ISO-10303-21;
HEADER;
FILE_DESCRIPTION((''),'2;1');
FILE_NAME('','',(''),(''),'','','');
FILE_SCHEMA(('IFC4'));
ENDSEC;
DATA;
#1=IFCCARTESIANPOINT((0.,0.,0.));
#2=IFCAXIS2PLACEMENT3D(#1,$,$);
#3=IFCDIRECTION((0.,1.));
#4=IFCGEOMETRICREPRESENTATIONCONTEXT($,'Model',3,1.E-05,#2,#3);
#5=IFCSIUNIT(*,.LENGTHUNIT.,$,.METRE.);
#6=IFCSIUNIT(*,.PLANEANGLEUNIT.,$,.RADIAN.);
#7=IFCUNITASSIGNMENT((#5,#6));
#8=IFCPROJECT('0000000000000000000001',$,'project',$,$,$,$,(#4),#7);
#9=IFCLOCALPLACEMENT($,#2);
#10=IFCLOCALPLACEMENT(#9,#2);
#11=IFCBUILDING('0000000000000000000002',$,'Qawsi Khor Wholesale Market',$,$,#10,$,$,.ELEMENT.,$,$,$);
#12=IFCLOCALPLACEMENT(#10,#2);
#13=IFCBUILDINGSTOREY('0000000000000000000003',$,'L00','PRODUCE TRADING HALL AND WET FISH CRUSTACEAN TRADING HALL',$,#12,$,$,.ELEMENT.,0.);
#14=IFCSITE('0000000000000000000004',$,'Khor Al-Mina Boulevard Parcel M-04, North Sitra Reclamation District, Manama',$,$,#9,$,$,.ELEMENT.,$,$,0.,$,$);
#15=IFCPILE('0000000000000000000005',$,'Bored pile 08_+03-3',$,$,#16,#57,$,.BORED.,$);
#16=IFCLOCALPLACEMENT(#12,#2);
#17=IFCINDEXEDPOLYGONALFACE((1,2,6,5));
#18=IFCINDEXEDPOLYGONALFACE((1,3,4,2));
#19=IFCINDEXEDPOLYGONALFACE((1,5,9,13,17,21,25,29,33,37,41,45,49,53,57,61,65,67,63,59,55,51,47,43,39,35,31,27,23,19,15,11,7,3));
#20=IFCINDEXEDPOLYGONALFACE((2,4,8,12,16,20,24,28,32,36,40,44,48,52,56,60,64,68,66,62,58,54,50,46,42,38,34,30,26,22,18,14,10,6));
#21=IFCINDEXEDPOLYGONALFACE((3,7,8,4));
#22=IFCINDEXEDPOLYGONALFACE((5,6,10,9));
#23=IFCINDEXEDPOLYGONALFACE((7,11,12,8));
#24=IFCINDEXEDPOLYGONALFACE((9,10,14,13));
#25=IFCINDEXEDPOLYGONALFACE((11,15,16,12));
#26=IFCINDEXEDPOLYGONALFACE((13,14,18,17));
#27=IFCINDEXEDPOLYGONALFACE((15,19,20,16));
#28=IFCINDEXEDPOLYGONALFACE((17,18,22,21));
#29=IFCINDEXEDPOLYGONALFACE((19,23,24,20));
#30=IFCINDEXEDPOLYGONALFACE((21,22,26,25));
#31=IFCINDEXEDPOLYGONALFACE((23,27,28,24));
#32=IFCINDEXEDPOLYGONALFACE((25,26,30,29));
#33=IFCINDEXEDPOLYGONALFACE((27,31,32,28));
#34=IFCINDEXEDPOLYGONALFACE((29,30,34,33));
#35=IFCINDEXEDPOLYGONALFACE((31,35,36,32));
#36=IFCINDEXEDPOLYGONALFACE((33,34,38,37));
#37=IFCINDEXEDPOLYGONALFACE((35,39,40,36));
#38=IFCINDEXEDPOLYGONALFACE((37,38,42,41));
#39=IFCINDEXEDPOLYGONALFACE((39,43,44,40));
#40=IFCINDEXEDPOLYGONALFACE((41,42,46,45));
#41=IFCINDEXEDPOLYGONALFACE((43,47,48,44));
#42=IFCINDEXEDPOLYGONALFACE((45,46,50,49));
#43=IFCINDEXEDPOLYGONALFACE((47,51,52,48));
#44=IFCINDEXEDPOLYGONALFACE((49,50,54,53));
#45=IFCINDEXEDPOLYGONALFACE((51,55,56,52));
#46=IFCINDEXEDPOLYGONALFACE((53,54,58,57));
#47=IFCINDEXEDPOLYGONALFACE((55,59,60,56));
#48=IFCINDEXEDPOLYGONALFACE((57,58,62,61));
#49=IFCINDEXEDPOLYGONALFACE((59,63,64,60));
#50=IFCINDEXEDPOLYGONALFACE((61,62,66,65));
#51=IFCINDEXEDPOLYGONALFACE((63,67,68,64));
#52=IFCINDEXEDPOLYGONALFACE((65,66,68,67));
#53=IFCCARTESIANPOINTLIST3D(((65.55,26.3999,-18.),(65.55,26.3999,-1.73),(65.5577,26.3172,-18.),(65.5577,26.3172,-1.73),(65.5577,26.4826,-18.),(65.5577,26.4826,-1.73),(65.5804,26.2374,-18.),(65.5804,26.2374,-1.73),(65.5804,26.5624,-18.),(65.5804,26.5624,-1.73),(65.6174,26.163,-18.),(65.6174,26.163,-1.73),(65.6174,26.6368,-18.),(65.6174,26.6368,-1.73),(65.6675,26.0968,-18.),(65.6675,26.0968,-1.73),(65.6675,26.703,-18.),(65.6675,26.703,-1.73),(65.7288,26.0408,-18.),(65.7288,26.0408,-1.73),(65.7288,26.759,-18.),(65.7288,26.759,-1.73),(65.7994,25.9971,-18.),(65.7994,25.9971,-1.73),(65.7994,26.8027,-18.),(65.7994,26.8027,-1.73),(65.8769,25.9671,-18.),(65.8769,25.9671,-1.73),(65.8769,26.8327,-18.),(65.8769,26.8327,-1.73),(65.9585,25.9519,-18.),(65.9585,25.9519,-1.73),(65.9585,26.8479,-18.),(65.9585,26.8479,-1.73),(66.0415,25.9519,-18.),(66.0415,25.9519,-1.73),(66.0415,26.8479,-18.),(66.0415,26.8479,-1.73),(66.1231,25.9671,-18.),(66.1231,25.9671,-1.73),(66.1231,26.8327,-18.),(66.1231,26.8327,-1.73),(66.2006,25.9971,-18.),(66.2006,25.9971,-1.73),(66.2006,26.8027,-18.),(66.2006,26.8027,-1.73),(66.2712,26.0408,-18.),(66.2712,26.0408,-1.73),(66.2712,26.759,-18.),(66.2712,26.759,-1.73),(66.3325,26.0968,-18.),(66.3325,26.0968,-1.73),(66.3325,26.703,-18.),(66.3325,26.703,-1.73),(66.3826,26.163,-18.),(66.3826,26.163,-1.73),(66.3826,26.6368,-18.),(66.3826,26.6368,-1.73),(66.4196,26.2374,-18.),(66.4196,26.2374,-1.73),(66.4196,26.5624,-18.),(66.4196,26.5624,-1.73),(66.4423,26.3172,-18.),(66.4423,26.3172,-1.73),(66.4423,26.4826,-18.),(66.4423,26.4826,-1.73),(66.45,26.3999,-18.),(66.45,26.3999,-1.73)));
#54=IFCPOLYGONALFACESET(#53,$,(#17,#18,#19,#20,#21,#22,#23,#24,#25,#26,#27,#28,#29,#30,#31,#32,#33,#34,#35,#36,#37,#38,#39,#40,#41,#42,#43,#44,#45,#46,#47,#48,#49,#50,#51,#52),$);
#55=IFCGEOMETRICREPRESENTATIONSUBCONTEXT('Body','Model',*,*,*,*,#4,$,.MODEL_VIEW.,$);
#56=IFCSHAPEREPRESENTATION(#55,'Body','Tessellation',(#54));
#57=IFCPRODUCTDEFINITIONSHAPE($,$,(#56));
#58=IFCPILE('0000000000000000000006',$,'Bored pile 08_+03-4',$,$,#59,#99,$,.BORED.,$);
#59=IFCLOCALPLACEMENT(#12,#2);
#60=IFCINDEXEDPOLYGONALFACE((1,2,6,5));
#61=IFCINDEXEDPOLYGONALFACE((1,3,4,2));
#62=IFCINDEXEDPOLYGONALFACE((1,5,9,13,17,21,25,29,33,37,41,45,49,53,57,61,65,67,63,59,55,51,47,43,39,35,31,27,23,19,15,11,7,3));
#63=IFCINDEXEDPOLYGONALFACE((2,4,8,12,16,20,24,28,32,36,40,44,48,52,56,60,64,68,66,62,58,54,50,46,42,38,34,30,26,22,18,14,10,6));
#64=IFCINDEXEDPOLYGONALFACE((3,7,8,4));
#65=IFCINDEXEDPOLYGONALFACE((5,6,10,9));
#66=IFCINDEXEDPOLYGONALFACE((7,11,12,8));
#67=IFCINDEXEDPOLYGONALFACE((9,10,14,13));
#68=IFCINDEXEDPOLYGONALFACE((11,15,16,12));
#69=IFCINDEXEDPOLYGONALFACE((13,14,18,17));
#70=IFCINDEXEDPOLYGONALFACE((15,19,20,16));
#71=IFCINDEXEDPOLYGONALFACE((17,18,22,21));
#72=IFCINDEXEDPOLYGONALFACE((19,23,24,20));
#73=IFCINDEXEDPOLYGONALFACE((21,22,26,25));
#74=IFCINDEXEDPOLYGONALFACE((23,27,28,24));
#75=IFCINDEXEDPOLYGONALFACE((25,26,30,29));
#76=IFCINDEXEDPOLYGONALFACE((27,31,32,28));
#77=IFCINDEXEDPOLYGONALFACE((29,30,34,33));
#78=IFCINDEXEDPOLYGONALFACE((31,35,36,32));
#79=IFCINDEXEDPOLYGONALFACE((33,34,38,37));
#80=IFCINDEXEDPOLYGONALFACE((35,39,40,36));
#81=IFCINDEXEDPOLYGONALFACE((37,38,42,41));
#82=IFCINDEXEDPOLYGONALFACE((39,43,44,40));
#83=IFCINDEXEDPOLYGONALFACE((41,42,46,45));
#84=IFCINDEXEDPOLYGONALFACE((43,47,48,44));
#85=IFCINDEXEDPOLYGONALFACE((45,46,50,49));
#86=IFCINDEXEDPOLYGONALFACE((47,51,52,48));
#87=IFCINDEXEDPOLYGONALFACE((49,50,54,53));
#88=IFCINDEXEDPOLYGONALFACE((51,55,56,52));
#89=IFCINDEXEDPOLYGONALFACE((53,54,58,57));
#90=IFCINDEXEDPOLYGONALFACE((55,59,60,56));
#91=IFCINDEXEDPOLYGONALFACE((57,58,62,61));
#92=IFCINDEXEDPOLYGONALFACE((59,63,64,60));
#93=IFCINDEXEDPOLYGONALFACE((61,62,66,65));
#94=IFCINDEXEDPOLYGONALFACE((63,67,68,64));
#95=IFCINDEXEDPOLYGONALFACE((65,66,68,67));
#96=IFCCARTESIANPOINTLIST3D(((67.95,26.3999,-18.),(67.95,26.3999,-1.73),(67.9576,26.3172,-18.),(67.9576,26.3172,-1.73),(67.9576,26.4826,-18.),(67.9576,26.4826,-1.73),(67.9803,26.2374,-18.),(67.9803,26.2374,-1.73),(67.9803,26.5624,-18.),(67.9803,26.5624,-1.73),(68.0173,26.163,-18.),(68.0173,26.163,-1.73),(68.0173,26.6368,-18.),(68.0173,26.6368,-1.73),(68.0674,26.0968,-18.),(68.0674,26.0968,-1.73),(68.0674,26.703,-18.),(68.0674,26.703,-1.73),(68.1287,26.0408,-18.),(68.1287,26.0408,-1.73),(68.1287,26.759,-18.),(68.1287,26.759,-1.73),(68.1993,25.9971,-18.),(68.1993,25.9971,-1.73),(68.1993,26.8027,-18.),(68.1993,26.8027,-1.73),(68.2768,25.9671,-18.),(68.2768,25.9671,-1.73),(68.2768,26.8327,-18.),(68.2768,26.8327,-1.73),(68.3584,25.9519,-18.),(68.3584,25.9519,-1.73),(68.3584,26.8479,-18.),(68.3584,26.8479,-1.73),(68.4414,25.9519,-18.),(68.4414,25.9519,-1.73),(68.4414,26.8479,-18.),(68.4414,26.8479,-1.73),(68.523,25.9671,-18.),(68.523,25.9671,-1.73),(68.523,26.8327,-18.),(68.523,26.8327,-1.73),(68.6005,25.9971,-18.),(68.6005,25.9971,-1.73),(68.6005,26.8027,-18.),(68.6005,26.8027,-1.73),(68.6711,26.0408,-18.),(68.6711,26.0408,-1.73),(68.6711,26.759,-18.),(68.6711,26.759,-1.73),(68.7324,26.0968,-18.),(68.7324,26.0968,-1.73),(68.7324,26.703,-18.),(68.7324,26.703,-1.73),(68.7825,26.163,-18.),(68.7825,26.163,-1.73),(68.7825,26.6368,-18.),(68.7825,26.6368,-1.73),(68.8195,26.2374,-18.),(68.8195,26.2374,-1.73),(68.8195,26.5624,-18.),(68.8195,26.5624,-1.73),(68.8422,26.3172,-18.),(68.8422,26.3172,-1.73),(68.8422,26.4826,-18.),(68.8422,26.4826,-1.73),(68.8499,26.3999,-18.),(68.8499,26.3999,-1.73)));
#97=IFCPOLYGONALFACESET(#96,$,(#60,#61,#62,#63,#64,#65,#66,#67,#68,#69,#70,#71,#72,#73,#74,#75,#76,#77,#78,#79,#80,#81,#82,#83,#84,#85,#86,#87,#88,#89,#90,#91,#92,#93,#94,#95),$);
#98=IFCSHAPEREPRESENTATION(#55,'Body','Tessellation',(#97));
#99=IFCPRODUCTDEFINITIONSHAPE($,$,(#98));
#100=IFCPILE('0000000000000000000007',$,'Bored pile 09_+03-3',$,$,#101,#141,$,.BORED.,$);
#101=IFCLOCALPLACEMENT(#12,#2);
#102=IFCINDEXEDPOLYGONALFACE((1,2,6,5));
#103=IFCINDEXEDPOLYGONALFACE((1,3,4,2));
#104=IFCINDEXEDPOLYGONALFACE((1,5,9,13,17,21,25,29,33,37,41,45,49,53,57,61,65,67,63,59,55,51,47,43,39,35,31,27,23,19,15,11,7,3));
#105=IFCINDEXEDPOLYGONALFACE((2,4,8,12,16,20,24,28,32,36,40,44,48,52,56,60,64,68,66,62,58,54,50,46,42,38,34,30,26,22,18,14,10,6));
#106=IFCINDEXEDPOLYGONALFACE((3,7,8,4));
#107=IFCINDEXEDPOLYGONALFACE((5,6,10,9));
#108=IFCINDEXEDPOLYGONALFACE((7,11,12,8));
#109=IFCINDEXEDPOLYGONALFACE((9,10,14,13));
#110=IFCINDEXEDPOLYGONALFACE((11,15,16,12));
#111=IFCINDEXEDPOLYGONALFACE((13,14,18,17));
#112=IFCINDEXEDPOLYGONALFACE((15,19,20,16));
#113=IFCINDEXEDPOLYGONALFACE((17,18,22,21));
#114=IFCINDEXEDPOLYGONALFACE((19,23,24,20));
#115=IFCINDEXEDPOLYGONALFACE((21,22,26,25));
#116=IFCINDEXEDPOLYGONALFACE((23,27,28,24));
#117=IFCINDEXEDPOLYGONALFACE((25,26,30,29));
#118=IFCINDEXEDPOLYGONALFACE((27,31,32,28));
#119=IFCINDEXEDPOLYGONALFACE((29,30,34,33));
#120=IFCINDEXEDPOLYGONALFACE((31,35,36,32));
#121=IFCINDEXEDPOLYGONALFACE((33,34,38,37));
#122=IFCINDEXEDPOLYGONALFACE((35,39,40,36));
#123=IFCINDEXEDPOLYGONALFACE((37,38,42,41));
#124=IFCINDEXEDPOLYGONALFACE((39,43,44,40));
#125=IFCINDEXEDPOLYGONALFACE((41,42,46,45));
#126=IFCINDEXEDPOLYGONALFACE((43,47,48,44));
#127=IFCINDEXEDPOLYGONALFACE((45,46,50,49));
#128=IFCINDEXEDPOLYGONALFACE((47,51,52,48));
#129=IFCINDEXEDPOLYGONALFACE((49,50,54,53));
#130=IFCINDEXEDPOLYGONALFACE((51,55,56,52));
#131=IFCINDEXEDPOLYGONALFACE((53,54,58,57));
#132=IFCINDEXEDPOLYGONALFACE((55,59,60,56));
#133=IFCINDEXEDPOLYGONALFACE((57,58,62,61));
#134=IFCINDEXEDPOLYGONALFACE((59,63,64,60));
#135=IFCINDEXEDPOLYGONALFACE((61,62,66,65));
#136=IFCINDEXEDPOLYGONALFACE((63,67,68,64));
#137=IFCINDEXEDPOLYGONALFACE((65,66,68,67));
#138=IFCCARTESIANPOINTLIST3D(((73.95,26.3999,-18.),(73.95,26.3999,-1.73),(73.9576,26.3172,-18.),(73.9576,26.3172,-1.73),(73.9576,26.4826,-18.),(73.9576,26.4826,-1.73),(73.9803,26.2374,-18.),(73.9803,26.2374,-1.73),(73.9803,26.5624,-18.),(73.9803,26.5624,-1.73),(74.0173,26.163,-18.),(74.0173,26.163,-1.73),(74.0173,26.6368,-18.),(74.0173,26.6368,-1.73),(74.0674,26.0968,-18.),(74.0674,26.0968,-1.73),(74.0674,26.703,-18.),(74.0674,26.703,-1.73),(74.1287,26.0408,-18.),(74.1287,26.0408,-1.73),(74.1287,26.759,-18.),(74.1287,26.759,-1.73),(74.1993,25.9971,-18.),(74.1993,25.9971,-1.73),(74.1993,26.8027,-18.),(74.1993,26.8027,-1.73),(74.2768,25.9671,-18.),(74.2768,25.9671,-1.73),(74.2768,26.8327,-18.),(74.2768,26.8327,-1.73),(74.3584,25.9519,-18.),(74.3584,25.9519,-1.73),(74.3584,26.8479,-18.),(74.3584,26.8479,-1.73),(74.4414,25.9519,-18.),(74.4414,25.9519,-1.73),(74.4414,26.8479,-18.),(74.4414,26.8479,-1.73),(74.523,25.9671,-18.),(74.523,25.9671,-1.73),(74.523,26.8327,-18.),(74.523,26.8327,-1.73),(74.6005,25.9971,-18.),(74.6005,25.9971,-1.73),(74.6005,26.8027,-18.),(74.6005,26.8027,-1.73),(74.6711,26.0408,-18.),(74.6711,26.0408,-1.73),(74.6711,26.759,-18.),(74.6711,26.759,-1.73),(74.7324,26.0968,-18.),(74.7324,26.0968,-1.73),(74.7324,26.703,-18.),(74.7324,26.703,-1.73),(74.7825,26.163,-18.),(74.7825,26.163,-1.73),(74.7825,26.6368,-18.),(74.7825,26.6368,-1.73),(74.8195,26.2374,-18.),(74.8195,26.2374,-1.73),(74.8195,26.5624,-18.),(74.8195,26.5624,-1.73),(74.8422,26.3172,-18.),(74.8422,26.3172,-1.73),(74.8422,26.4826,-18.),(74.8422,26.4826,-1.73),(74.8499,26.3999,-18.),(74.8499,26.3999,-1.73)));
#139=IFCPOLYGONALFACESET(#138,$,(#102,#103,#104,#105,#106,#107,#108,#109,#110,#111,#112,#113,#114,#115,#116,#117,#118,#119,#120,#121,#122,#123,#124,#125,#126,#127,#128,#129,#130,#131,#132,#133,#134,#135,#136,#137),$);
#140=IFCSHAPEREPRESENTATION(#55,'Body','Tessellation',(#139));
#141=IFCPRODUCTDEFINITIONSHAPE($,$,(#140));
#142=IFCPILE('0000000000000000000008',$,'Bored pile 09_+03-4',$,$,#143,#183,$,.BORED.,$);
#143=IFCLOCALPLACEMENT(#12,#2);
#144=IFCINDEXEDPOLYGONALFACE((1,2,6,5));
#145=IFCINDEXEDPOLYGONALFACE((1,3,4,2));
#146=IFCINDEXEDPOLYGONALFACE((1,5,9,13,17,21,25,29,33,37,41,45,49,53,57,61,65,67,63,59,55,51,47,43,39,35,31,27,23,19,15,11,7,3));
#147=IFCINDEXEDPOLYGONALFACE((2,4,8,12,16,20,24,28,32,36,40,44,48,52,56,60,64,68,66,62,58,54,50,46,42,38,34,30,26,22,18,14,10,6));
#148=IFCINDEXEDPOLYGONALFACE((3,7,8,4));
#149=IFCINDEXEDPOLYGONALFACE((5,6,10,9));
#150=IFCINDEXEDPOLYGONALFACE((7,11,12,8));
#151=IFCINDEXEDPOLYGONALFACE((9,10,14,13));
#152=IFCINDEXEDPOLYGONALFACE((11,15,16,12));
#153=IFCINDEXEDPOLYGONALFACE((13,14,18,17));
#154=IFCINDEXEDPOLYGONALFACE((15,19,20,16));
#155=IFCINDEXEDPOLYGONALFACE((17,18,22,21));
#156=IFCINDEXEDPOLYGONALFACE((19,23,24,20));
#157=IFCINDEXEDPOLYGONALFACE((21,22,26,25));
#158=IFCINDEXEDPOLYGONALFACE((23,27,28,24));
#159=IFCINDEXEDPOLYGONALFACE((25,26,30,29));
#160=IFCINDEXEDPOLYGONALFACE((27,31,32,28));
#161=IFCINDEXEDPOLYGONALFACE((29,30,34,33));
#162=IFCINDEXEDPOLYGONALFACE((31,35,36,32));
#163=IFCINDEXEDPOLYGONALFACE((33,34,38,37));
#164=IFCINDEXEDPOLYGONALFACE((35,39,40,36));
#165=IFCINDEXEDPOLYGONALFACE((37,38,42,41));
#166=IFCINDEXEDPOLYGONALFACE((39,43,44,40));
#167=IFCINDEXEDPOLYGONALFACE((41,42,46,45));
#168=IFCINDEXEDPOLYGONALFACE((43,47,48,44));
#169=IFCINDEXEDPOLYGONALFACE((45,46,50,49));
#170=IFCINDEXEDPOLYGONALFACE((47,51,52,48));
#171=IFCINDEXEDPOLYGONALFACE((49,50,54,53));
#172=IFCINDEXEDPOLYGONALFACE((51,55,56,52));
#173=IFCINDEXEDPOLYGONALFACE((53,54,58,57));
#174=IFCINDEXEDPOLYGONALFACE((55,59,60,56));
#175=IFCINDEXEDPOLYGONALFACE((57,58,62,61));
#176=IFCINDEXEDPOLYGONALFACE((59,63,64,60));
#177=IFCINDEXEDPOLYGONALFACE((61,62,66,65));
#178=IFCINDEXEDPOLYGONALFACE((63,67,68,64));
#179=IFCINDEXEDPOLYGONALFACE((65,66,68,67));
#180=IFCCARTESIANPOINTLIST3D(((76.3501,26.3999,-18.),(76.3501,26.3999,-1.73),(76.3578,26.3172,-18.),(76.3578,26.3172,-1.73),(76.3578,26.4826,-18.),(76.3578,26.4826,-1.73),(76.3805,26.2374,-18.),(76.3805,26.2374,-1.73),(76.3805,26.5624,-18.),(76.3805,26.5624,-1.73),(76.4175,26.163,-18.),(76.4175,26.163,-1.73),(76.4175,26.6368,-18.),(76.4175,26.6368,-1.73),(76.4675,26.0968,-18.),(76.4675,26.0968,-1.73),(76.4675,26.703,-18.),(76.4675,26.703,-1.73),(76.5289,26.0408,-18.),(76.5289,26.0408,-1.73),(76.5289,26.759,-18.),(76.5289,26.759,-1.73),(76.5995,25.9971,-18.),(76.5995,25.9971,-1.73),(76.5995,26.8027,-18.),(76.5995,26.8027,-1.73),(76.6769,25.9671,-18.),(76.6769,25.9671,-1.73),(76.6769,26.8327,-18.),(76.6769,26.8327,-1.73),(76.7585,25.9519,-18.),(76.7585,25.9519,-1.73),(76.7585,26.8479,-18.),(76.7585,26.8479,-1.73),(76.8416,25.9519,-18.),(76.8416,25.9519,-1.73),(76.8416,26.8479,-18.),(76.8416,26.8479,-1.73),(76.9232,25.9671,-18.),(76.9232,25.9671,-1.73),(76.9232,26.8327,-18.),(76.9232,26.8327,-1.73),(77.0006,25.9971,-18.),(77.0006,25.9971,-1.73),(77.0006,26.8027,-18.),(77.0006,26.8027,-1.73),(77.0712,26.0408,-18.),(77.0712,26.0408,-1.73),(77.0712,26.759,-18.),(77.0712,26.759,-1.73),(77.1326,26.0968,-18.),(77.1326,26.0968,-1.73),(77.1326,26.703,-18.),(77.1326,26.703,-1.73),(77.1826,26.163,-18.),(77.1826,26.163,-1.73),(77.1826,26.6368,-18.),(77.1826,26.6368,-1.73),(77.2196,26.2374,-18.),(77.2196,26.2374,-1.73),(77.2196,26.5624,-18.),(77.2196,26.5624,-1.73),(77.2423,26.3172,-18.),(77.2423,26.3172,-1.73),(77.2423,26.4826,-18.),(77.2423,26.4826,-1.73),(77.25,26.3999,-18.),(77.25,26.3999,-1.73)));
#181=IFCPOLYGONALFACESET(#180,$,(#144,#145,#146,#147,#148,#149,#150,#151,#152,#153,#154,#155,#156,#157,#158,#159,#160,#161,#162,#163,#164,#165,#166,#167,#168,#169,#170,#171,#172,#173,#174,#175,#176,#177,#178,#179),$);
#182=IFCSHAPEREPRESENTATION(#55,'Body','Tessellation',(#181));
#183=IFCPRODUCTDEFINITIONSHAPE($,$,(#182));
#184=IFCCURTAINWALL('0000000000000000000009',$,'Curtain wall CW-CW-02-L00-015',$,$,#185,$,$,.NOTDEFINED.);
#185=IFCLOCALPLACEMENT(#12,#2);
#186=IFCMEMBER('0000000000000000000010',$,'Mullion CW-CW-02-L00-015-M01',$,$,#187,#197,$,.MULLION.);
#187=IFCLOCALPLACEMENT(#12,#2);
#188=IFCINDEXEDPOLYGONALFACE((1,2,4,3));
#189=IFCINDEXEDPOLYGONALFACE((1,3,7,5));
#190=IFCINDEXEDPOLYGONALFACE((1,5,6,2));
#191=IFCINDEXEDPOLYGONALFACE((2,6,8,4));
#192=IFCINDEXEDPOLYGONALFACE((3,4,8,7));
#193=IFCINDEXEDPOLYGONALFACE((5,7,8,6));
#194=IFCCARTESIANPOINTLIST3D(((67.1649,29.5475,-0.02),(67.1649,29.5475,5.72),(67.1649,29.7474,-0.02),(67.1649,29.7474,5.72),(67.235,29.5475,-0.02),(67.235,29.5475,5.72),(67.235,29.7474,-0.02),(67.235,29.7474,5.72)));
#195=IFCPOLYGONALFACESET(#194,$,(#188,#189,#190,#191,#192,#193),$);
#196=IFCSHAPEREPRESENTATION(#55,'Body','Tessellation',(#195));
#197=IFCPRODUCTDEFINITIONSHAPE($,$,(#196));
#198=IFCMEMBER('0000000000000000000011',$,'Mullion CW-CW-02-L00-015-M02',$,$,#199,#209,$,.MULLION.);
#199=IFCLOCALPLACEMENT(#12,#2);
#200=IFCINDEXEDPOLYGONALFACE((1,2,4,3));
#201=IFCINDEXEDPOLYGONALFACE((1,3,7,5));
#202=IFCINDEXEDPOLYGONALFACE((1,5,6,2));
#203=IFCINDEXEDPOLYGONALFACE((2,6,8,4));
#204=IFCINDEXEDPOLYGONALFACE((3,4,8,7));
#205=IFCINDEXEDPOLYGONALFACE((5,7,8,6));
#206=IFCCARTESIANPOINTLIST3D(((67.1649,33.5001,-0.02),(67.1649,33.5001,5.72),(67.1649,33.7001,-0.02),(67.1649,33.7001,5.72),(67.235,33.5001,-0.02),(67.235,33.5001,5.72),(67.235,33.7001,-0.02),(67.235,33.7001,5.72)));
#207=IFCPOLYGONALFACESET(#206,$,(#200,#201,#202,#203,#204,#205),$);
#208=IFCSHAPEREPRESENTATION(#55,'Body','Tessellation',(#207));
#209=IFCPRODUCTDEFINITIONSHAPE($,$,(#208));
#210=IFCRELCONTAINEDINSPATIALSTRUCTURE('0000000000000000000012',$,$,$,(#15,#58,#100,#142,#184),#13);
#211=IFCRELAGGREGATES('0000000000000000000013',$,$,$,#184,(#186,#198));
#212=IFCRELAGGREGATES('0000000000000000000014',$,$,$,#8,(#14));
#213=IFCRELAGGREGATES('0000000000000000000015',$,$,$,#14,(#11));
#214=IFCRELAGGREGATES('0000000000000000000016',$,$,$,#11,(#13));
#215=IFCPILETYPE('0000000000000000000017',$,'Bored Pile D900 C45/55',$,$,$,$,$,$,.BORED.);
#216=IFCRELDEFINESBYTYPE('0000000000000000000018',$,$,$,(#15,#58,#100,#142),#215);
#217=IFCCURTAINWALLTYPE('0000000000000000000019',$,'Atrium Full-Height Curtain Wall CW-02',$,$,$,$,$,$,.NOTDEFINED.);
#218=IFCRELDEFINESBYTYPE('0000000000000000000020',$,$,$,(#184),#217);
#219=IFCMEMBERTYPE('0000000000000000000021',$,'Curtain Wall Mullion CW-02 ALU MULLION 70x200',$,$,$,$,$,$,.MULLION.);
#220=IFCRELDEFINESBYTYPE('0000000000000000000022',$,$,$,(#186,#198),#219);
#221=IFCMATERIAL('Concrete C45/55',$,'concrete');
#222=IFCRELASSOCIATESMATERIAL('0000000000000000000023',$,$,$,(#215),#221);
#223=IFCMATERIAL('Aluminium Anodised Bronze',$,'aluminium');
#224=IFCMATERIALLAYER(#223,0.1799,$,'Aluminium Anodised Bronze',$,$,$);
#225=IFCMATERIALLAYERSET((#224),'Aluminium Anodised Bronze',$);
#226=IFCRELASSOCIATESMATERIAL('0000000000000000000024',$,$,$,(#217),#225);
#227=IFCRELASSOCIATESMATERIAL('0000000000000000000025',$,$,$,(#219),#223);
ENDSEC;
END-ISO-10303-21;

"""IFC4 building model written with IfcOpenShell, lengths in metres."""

from ifc_helpers import new_model, si_unit, direction, frame, origin, origin_2d, place, context, subcontext, project, spatial, rectangle, circle, extrude, material, layer, layer_set, material_profile, profile_set, type_object, element, aggregate, save


model = new_model("IFC4")

# Units and contexts
model_context = context("Model", 3, precision=1e-05, world=origin(), true_north=direction((0.0, 1.0)))
body_context = subcontext(model_context, "Body", "Model", "MODEL_VIEW")
ifc_project = project(units=[si_unit("LENGTHUNIT", "METRE"), si_unit("PLANEANGLEUNIT", "RADIAN")], contexts=[model_context])

# Site, building, storey
site_placement = place(None, origin())
site = spatial("IfcSite", under=ifc_project, at=site_placement, Name="Khor Al-Mina Boulevard Parcel M-04, North Sitra Reclamation District, Manama", CompositionType="ELEMENT", RefElevation=0.0)
building_placement = place(site_placement, origin())
building = spatial("IfcBuilding", under=site, at=building_placement, Name="Qawsi Khor Wholesale Market", CompositionType="ELEMENT")
storey_placement = place(building_placement, origin())
storey = spatial("IfcBuildingStorey", under=building, at=storey_placement, Name="L00", Description="PRODUCE TRADING HALL AND WET FISH CRUSTACEAN TRADING HALL", CompositionType="ELEMENT", Elevation=0.0)

# Piles
ifc_material_1 = material(Name="Concrete C45/55", Category="concrete")
ifc_material_profile_1 = material_profile(ifc_material_1, circle(Radius=0.45, at=origin_2d()), Name="PILE D900")
ifc_profile_set_1 = profile_set([ifc_material_profile_1], Name="Concrete C45/55")
pile_type = type_object("IfcPileType", Name="Bored Pile D900 C45/55", PredefinedType="BORED", material=ifc_profile_set_1)
for number, where, z_axis, x_axis, name in (
    (1, (66.0, 26.3999, -1.73), (0.0, 0.0, -1.0), (1.0, 0.0, 0.0), "Bored pile 08_+03-3"),
    (2, (68.3999, 26.3999, -1.73), (0.0, 0.0, -1.0), (1.0, 0.0, 0.0), "Bored pile 08_+03-4"),
    (3, (74.3999, 26.3999, -1.73), (0.0, 0.0, -1.0), (1.0, 0.0, 0.0), "Bored pile 09_+03-3"),
    (4, (76.8, 26.3999, -1.73), (0.0, 0.0, -1.0), (1.0, 0.0, 0.0), "Bored pile 09_+03-4"),
):
    element("IfcPile", number, at=place(storey_placement, frame(where, z_axis=z_axis, x_axis=x_axis)), inside=storey, type_object=pile_type, Name=name, PredefinedType="BORED", context=body_context, shape_type="SweptSolid", body=[
        extrude(circle(Radius=0.45, at=origin_2d()), origin(), (0.0, 0.0, 1.0), 16.27),
    ])

# Curtain wall, members
ifc_material_2 = material(Name="Aluminium Anodised Bronze", Category="aluminium")
ifc_layer_1 = layer(ifc_material_2, 0.1799, Name="Aluminium Anodised Bronze")
ifc_layer_set_1 = layer_set([ifc_layer_1], Name="Aluminium Anodised Bronze")
curtain_wall_type = type_object("IfcCurtainWallType", Name="Atrium Full-Height Curtain Wall CW-02", PredefinedType="NOTDEFINED", material=ifc_layer_set_1)
curtain_wall_placement = place(storey_placement, origin())
curtain_wall = element("IfcCurtainWall", 5, at=curtain_wall_placement, inside=storey, type_object=curtain_wall_type, Name="Curtain wall CW-CW-02-L00-015", PredefinedType="NOTDEFINED")
ifc_material_profile_2 = material_profile(ifc_material_2, rectangle(XDim=0.0701, YDim=0.2, at=origin_2d()), Name="ALU MULLION 70x200")
ifc_profile_set_2 = profile_set([ifc_material_profile_2], Name="Aluminium Anodised Bronze")
member_type_1 = type_object("IfcMemberType", Name="Curtain Wall Mullion CW-02 ALU MULLION 70x200", PredefinedType="MULLION", material=ifc_profile_set_2)
member_1_placement = place(storey_placement, frame((67.2, 29.6475, -0.02), z_axis=(0.0, 0.0, 1.0), x_axis=(1.0, 0.0, 0.0)))
member_1 = element("IfcMember", 6, at=member_1_placement, type_object=member_type_1, Name="Mullion CW-CW-02-L00-015-M01", PredefinedType="MULLION", context=body_context, shape_type="SweptSolid", body=[
    extrude(rectangle(XDim=0.0701, YDim=0.2, at=origin_2d()), origin(), (0.0, 0.0, 1.0), 5.74),
])
member_2_placement = place(storey_placement, frame((67.2, 33.6001, -0.02), z_axis=(0.0, 0.0, 1.0), x_axis=(1.0, 0.0, 0.0)))
member_2 = element("IfcMember", 7, at=member_2_placement, type_object=member_type_1, Name="Mullion CW-CW-02-L00-015-M02", PredefinedType="MULLION", context=body_context, shape_type="SweptSolid", body=[
    extrude(rectangle(XDim=0.0701, YDim=0.2, at=origin_2d()), origin(), (0.0, 0.0, 1.0), 5.74),
])
aggregate(curtain_wall, [member_1, member_2])

save(model, "model.ifc")
